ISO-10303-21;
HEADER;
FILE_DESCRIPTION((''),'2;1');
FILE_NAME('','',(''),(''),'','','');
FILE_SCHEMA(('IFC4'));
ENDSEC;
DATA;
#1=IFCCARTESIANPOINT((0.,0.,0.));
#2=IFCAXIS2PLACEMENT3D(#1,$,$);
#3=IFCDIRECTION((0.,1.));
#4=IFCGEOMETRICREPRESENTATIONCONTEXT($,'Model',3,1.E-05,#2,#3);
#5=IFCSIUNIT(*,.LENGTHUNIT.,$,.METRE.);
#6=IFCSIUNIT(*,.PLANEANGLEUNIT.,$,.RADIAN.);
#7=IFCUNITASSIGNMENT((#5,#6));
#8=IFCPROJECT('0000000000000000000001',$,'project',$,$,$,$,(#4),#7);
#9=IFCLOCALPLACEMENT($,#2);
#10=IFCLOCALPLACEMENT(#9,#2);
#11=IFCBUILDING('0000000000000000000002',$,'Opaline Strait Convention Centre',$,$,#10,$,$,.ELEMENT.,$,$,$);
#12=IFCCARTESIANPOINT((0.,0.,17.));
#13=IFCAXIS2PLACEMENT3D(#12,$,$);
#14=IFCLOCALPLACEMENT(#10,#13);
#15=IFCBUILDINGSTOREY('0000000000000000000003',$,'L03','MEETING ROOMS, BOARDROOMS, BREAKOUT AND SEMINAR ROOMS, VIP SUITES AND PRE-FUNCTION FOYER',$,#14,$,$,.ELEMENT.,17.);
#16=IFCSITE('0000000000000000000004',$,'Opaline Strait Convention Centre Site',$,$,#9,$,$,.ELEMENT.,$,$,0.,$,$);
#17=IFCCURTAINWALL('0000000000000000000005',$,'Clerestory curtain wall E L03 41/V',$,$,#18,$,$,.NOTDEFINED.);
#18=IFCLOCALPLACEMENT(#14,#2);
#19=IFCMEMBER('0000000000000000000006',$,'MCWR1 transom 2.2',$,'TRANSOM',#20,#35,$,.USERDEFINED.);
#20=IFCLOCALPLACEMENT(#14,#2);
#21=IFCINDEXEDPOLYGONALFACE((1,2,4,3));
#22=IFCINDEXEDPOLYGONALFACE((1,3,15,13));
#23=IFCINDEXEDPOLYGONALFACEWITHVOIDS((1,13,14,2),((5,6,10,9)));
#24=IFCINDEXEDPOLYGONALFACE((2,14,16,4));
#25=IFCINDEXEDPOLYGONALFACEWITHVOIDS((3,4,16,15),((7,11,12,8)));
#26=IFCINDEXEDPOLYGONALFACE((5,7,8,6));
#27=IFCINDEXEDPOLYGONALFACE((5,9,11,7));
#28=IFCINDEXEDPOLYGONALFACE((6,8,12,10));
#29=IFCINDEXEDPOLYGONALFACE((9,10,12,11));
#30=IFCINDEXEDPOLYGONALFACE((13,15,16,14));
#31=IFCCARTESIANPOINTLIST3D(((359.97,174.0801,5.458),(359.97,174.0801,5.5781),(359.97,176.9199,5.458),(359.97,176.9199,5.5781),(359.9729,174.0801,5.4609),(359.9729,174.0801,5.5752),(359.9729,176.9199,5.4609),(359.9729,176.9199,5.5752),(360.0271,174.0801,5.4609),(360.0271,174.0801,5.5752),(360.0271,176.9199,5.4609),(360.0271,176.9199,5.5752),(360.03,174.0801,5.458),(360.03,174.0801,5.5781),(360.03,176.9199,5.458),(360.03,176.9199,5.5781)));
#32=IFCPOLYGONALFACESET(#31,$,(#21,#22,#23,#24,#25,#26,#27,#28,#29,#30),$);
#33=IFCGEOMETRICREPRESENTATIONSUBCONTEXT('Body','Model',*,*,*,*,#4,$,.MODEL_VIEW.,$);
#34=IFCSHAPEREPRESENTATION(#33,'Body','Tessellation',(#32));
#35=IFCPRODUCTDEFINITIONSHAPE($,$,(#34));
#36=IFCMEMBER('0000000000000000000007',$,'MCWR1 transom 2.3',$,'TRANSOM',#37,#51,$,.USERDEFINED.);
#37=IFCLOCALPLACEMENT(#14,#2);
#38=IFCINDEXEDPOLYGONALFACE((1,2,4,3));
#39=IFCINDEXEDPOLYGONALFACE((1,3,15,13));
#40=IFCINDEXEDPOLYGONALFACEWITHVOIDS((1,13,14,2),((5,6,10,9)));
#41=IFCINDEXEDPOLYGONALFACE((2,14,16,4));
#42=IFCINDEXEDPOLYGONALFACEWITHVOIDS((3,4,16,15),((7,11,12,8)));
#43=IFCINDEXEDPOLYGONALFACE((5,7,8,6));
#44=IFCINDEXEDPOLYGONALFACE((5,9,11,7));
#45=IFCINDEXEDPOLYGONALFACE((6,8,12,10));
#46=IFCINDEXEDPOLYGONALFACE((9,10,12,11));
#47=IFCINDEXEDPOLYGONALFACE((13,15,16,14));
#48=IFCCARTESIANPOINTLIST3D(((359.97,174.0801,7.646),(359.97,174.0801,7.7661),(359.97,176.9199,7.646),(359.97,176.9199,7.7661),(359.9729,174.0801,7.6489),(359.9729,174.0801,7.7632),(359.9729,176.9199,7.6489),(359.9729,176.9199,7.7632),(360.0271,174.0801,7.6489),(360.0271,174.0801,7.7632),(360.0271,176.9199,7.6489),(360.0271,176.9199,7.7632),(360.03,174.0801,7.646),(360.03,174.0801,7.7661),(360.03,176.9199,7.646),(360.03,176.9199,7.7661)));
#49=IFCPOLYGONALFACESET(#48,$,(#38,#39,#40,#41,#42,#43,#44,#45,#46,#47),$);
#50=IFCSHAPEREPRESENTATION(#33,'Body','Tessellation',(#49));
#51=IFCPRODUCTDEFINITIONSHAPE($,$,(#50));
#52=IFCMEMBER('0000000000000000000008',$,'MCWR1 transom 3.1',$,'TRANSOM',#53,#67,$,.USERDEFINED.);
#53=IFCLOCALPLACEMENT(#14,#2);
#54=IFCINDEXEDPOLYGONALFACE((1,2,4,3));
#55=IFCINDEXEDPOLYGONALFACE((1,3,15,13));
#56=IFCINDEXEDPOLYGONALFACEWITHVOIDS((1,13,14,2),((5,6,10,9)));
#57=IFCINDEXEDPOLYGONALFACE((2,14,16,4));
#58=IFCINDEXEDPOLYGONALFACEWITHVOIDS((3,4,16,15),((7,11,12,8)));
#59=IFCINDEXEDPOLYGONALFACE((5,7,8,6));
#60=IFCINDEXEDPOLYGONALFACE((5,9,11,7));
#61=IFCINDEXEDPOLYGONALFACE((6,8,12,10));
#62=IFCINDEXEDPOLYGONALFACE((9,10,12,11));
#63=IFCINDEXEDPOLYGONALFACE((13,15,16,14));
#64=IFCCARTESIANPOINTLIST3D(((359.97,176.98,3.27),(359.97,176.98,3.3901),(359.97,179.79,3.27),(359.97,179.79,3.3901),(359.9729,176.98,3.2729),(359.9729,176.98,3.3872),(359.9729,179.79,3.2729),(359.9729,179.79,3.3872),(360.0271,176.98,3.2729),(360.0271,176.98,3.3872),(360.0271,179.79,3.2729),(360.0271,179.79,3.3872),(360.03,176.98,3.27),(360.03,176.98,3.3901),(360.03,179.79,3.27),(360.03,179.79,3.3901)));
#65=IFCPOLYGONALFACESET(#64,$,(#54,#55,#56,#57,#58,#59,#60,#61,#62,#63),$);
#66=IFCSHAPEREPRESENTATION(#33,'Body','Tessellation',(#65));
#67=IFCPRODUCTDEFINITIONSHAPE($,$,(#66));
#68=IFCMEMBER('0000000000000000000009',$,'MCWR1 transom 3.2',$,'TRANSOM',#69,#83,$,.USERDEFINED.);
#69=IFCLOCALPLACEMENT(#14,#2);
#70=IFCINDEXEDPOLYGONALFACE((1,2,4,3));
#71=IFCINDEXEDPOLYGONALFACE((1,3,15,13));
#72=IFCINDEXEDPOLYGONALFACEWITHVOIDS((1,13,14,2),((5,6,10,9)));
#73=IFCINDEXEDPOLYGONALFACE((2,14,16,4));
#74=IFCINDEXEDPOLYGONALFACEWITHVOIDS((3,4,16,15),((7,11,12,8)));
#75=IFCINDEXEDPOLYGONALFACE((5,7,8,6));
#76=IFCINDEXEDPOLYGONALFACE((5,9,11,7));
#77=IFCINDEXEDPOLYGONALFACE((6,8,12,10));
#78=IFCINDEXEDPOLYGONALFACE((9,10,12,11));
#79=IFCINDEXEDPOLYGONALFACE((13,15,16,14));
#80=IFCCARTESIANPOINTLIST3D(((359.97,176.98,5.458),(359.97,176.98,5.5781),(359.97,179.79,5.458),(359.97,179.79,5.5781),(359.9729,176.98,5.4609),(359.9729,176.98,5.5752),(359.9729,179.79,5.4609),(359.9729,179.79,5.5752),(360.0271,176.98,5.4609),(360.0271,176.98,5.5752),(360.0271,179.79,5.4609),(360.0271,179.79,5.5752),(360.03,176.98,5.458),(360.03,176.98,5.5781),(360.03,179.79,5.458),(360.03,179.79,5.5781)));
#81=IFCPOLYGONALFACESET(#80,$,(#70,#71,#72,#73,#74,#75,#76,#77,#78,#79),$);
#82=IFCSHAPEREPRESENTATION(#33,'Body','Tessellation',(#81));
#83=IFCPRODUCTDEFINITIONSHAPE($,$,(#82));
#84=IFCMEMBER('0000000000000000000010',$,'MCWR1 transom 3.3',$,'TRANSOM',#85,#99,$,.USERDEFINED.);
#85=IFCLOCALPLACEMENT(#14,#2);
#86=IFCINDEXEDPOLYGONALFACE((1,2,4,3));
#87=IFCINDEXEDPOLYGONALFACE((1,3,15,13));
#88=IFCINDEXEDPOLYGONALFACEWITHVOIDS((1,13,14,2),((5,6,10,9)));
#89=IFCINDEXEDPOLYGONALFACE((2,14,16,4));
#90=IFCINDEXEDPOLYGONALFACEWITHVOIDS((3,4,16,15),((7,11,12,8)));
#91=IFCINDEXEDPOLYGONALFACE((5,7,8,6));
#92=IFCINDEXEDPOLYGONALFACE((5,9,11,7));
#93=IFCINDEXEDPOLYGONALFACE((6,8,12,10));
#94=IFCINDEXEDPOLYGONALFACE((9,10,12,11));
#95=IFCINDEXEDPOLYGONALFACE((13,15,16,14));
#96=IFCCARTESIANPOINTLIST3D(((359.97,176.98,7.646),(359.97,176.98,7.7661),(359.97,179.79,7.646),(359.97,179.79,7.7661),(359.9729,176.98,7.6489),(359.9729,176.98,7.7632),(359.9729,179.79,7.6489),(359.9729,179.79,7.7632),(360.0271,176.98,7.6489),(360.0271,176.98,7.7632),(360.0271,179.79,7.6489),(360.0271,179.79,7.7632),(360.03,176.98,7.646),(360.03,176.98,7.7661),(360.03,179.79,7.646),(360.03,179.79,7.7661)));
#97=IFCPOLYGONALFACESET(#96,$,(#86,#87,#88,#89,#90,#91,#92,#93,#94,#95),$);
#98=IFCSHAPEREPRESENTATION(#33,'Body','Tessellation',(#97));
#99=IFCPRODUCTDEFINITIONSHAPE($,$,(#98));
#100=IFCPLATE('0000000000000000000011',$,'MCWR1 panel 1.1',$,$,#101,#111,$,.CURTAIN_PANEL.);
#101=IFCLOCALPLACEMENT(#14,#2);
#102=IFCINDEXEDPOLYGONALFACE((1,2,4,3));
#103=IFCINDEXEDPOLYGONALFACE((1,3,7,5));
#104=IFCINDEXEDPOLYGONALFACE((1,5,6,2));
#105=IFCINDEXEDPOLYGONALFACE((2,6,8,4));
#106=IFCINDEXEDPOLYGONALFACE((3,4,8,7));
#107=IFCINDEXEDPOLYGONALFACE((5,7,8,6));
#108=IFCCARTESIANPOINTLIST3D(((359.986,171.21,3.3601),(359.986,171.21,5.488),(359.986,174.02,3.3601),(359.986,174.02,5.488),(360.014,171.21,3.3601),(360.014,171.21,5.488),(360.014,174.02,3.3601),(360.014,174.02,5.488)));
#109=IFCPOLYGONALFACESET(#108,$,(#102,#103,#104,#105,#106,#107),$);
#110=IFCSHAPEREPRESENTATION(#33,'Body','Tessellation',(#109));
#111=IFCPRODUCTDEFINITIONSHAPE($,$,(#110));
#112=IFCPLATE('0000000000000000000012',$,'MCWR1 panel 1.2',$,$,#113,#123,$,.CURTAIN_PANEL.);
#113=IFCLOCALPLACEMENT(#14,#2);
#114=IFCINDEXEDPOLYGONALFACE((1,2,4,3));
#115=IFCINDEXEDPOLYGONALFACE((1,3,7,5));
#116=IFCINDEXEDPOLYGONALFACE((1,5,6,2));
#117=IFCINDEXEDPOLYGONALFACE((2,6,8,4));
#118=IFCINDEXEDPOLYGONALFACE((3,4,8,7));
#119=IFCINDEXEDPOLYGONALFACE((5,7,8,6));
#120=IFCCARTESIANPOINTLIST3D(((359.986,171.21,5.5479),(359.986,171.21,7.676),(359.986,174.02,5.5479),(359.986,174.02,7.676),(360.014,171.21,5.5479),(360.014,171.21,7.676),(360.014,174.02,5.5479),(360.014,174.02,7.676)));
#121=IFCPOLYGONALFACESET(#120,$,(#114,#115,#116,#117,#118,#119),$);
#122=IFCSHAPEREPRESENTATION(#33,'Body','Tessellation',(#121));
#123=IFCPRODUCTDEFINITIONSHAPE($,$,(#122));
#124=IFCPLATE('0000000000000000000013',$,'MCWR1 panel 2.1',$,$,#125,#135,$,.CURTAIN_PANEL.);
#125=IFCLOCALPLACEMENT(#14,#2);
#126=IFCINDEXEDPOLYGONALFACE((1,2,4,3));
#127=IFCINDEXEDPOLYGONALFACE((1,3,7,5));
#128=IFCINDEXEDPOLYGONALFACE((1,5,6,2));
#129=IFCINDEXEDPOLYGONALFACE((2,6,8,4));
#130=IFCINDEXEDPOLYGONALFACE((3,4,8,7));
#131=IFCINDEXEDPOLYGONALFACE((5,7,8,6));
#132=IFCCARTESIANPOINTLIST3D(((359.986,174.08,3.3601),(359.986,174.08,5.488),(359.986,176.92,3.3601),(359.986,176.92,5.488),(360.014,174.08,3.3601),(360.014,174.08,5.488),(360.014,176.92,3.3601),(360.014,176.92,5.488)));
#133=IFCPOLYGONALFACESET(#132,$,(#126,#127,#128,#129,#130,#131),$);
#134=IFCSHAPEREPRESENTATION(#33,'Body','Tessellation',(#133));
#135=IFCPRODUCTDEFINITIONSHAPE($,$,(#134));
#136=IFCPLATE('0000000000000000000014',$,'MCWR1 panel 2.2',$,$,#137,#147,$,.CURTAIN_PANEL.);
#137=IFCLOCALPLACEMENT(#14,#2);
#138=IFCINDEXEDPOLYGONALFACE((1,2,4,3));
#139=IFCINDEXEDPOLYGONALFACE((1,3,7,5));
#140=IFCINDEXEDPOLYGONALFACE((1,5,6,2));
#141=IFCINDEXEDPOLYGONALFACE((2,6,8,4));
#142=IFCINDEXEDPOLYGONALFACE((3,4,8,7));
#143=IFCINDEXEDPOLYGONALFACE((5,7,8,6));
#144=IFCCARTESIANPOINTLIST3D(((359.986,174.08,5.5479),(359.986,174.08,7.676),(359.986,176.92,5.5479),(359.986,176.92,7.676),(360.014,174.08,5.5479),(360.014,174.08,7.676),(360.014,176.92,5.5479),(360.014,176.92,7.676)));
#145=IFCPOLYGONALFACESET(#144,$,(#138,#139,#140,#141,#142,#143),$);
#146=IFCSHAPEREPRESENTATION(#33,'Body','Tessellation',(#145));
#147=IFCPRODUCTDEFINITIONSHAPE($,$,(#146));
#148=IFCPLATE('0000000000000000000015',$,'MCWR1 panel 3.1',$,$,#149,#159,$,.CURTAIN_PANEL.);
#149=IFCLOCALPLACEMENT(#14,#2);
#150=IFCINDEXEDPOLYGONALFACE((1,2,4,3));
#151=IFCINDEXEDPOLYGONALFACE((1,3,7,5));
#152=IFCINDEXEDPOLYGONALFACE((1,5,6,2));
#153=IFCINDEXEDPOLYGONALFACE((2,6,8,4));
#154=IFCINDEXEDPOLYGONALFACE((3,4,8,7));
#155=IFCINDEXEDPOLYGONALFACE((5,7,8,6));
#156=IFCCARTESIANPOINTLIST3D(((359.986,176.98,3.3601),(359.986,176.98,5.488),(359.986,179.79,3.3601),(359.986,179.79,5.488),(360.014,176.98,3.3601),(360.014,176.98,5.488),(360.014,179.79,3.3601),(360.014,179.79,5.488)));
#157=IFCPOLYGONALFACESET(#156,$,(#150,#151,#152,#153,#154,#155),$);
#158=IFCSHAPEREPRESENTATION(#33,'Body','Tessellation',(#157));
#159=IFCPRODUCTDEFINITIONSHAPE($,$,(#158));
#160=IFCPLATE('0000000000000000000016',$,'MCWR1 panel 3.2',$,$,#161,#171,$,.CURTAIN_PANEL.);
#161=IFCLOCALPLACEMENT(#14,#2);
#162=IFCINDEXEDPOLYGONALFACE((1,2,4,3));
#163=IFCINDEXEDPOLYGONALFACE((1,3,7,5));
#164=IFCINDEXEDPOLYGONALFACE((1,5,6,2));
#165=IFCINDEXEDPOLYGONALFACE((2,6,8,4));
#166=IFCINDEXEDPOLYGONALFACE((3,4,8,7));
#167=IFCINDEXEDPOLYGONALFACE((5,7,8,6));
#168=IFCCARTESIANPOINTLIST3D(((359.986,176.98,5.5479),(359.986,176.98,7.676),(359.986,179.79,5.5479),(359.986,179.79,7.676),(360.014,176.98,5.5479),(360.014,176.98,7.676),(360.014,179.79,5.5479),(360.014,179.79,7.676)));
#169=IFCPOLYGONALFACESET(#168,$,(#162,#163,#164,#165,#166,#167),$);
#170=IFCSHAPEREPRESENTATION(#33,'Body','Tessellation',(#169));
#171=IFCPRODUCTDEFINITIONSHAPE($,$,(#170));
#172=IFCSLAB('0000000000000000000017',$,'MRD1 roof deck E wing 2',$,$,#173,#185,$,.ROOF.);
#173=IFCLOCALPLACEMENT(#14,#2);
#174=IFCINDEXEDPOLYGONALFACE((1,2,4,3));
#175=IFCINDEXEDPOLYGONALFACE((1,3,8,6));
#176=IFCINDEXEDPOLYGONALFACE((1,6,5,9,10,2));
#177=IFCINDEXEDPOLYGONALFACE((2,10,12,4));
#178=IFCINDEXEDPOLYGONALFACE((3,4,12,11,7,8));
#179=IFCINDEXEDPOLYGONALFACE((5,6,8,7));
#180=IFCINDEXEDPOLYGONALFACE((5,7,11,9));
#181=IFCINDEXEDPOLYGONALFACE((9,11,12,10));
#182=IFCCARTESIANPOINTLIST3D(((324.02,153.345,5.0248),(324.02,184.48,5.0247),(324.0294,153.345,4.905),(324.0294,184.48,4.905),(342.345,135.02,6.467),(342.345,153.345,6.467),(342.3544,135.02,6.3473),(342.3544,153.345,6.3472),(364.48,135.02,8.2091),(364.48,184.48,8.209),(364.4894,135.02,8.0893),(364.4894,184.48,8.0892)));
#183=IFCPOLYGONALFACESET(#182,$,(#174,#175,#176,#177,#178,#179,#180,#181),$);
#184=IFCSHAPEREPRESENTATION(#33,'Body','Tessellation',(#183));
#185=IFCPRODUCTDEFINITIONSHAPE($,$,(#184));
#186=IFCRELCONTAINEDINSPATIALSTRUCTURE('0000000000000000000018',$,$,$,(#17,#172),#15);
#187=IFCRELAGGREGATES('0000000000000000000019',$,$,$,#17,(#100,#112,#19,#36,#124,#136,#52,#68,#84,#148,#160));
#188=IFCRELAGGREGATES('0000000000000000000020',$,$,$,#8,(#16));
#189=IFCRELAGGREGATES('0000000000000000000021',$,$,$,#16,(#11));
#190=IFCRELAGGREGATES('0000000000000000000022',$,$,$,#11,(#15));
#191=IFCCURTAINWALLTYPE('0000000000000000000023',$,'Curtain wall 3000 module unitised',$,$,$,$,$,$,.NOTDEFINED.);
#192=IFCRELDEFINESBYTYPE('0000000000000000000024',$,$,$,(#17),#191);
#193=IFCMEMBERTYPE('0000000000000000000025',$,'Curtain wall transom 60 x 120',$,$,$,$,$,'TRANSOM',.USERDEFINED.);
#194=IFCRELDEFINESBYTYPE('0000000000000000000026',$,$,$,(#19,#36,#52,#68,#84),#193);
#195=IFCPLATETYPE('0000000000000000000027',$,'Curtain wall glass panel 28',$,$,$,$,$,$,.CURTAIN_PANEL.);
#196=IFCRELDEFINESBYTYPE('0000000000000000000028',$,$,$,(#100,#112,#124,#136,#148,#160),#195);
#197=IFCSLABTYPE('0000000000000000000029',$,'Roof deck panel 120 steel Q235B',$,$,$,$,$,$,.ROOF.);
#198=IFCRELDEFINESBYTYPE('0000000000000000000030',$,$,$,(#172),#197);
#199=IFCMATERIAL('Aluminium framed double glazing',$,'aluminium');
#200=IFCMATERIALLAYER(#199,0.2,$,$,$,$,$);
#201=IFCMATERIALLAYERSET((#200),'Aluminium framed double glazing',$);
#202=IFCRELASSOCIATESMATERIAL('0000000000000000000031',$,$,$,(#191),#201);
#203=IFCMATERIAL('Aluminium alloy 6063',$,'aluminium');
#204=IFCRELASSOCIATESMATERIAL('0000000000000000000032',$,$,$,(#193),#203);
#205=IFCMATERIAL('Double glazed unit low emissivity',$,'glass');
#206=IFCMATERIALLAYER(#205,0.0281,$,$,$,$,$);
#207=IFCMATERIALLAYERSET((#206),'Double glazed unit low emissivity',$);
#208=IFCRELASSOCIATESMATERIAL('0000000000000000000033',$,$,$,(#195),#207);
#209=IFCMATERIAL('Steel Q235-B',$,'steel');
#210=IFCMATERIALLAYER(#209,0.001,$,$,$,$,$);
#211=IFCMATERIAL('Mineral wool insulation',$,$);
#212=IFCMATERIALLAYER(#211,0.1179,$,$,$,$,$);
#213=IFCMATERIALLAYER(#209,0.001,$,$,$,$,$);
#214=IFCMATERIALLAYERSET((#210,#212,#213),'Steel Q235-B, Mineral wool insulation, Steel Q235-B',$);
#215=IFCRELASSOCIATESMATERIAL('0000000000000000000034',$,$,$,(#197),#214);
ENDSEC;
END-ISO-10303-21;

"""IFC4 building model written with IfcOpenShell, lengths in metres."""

from ifc_helpers import new_model, si_unit, direction, frame, origin, origin_2d, place, context, subcontext, project, spatial, polyline, rectangle, hollow_rectangle, outline, extrude, material, layer, layer_set, material_profile, profile_set, type_object, element, aggregate, save


model = new_model("IFC4")

# Units and contexts
model_context = context("Model", 3, precision=1e-05, world=origin(), true_north=direction((0.0, 1.0)))
body_context = subcontext(model_context, "Body", "Model", "MODEL_VIEW")
ifc_project = project(units=[si_unit("LENGTHUNIT", "METRE"), si_unit("PLANEANGLEUNIT", "RADIAN")], contexts=[model_context])

# Site, building, storey
site_placement = place(None, origin())
site = spatial("IfcSite", under=ifc_project, at=site_placement, Name="Opaline Strait Convention Centre Site", CompositionType="ELEMENT", RefElevation=0.0)
building_placement = place(site_placement, origin())
building = spatial("IfcBuilding", under=site, at=building_placement, Name="Opaline Strait Convention Centre", CompositionType="ELEMENT")
storey_placement = place(building_placement, frame((0.0, 0.0, 17.0)))
storey = spatial("IfcBuildingStorey", under=building, at=storey_placement, Name="L03", Description="MEETING ROOMS, BOARDROOMS, BREAKOUT AND SEMINAR ROOMS, VIP SUITES AND PRE-FUNCTION FOYER", CompositionType="ELEMENT", Elevation=17.0)

# Curtain wall, members, plates
ifc_material_1 = material(Name="Aluminium framed double glazing", Category="aluminium")
ifc_layer_1 = layer(ifc_material_1, 0.2)
ifc_layer_set_1 = layer_set([ifc_layer_1], Name="Aluminium framed double glazing")
curtain_wall_type = type_object("IfcCurtainWallType", Name="Curtain wall 3000 module unitised", PredefinedType="NOTDEFINED", material=ifc_layer_set_1)
curtain_wall_placement = place(storey_placement, origin())
curtain_wall = element("IfcCurtainWall", 1, at=curtain_wall_placement, inside=storey, type_object=curtain_wall_type, Name="Clerestory curtain wall E L03 41/V", PredefinedType="NOTDEFINED")
ifc_material_2 = material(Name="Aluminium alloy 6063", Category="aluminium")
ifc_material_profile_1 = material_profile(ifc_material_2, hollow_rectangle(XDim=0.0601, YDim=0.1201, WallThickness=0.0029, at=origin_2d()), Name="TRANSOM 60x120x3")
ifc_profile_set_1 = profile_set([ifc_material_profile_1], Name="Aluminium alloy 6063")
member_type_1 = type_object("IfcMemberType", Name="Curtain wall transom 60 x 120", ElementType="TRANSOM", PredefinedType="USERDEFINED", material=ifc_profile_set_1)
member_1_placement = place(storey_placement, frame((360.0, 174.0801, 5.5181), z_axis=(0.0, 1.0, 0.0), x_axis=(-1.0, 0.0, 0.0)))
member_1 = element("IfcMember", 2, at=member_1_placement, type_object=member_type_1, Name="MCWR1 transom 2.2", ObjectType="TRANSOM", PredefinedType="USERDEFINED", context=body_context, shape_type="SweptSolid", body=[
    extrude(hollow_rectangle(XDim=0.0601, YDim=0.1201, WallThickness=0.0029, at=origin_2d()), origin(), (0.0, 0.0, 1.0), 2.8398),
])
member_2_placement = place(storey_placement, frame((360.0, 174.0801, 7.7061), z_axis=(0.0, 1.0, 0.0), x_axis=(-1.0, 0.0, 0.0)))
member_2 = element("IfcMember", 3, at=member_2_placement, type_object=member_type_1, Name="MCWR1 transom 2.3", ObjectType="TRANSOM", PredefinedType="USERDEFINED", context=body_context, shape_type="SweptSolid", body=[
    extrude(hollow_rectangle(XDim=0.0601, YDim=0.1201, WallThickness=0.0029, at=origin_2d()), origin(), (0.0, 0.0, 1.0), 2.8398),
])
member_3_placement = place(storey_placement, frame((360.0, 176.98, 3.3301), z_axis=(0.0, 1.0, 0.0), x_axis=(-1.0, 0.0, 0.0)))
member_3 = element("IfcMember", 4, at=member_3_placement, type_object=member_type_1, Name="MCWR1 transom 3.1", ObjectType="TRANSOM", PredefinedType="USERDEFINED", context=body_context, shape_type="SweptSolid", body=[
    extrude(hollow_rectangle(XDim=0.0601, YDim=0.1201, WallThickness=0.0029, at=origin_2d()), origin(), (0.0, 0.0, 1.0), 2.8101),
])
member_4_placement = place(storey_placement, frame((360.0, 176.98, 5.5181), z_axis=(0.0, 1.0, 0.0), x_axis=(-1.0, 0.0, 0.0)))
member_4 = element("IfcMember", 5, at=member_4_placement, type_object=member_type_1, Name="MCWR1 transom 3.2", ObjectType="TRANSOM", PredefinedType="USERDEFINED", context=body_context, shape_type="SweptSolid", body=[
    extrude(hollow_rectangle(XDim=0.0601, YDim=0.1201, WallThickness=0.0029, at=origin_2d()), origin(), (0.0, 0.0, 1.0), 2.8101),
])
member_5_placement = place(storey_placement, frame((360.0, 176.98, 7.7061), z_axis=(0.0, 1.0, 0.0), x_axis=(-1.0, 0.0, 0.0)))
member_5 = element("IfcMember", 6, at=member_5_placement, type_object=member_type_1, Name="MCWR1 transom 3.3", ObjectType="TRANSOM", PredefinedType="USERDEFINED", context=body_context, shape_type="SweptSolid", body=[
    extrude(hollow_rectangle(XDim=0.0601, YDim=0.1201, WallThickness=0.0029, at=origin_2d()), origin(), (0.0, 0.0, 1.0), 2.8101),
])
ifc_material_3 = material(Name="Double glazed unit low emissivity", Category="glass")
ifc_layer_2 = layer(ifc_material_3, 0.0281)
ifc_layer_set_2 = layer_set([ifc_layer_2], Name="Double glazed unit low emissivity")
plate_type = type_object("IfcPlateType", Name="Curtain wall glass panel 28", PredefinedType="CURTAIN_PANEL", material=ifc_layer_set_2)
plate_1_placement = place(storey_placement, frame((360.0, 172.615, 3.3601), z_axis=(0.0, 0.0, 1.0), x_axis=(0.0, 1.0, 0.0)))
plate_1 = element("IfcPlate", 7, at=plate_1_placement, type_object=plate_type, Name="MCWR1 panel 1.1", PredefinedType="CURTAIN_PANEL", context=body_context, shape_type="SweptSolid", body=[
    extrude(rectangle(XDim=2.8101, YDim=0.0281, at=origin_2d()), origin(), (0.0, 0.0, 1.0), 2.1279),
])
plate_2_placement = place(storey_placement, frame((360.0, 172.615, 5.5479), z_axis=(0.0, 0.0, 1.0), x_axis=(0.0, 1.0, 0.0)))
plate_2 = element("IfcPlate", 8, at=plate_2_placement, type_object=plate_type, Name="MCWR1 panel 1.2", PredefinedType="CURTAIN_PANEL", context=body_context, shape_type="SweptSolid", body=[
    extrude(rectangle(XDim=2.8101, YDim=0.0281, at=origin_2d()), origin(), (0.0, 0.0, 1.0), 2.1282),
])
plate_3_placement = place(storey_placement, frame((360.0, 175.5, 3.3601), z_axis=(0.0, 0.0, 1.0), x_axis=(0.0, 1.0, 0.0)))
plate_3 = element("IfcPlate", 9, at=plate_3_placement, type_object=plate_type, Name="MCWR1 panel 2.1", PredefinedType="CURTAIN_PANEL", context=body_context, shape_type="SweptSolid", body=[
    extrude(rectangle(XDim=2.8401, YDim=0.0281, at=origin_2d()), origin(), (0.0, 0.0, 1.0), 2.1279),
])
plate_4_placement = place(storey_placement, frame((360.0, 175.5, 5.5479), z_axis=(0.0, 0.0, 1.0), x_axis=(0.0, 1.0, 0.0)))
plate_4 = element("IfcPlate", 10, at=plate_4_placement, type_object=plate_type, Name="MCWR1 panel 2.2", PredefinedType="CURTAIN_PANEL", context=body_context, shape_type="SweptSolid", body=[
    extrude(rectangle(XDim=2.8401, YDim=0.0281, at=origin_2d()), origin(), (0.0, 0.0, 1.0), 2.1282),
])
plate_5_placement = place(storey_placement, frame((360.0, 178.385, 3.3601), z_axis=(0.0, 0.0, 1.0), x_axis=(0.0, 1.0, 0.0)))
plate_5 = element("IfcPlate", 11, at=plate_5_placement, type_object=plate_type, Name="MCWR1 panel 3.1", PredefinedType="CURTAIN_PANEL", context=body_context, shape_type="SweptSolid", body=[
    extrude(rectangle(XDim=2.8101, YDim=0.0281, at=origin_2d()), origin(), (0.0, 0.0, 1.0), 2.1279),
])
plate_6_placement = place(storey_placement, frame((360.0, 178.385, 5.5479), z_axis=(0.0, 0.0, 1.0), x_axis=(0.0, 1.0, 0.0)))
plate_6 = element("IfcPlate", 12, at=plate_6_placement, type_object=plate_type, Name="MCWR1 panel 3.2", PredefinedType="CURTAIN_PANEL", context=body_context, shape_type="SweptSolid", body=[
    extrude(rectangle(XDim=2.8101, YDim=0.0281, at=origin_2d()), origin(), (0.0, 0.0, 1.0), 2.1282),
])
aggregate(curtain_wall, [plate_1, plate_2, member_1, member_2, plate_3, plate_4, member_3, member_4, member_5, plate_5, plate_6])

# Slab
ifc_material_4 = material(Name="Steel Q235-B", Category="steel")
ifc_layer_3 = layer(ifc_material_4, 0.001)
ifc_material_5 = material(Name="Mineral wool insulation")
ifc_layer_4 = layer(ifc_material_5, 0.1179)
ifc_layer_5 = layer(ifc_material_4, 0.001)
ifc_layer_set_3 = layer_set([ifc_layer_3, ifc_layer_4, ifc_layer_5], Name="Steel Q235-B, Mineral wool insulation, Steel Q235-B")
slab_type = type_object("IfcSlabType", Name="Roof deck panel 120 steel Q235B", PredefinedType="ROOF", material=ifc_layer_set_3)
slab_placement = place(storey_placement, frame((364.48, 184.48, 8.209), z_axis=(-0.078459, 0.000002, 0.996917), x_axis=(0.0, -1.0, 0.000002)))
element("IfcSlab", 13, at=slab_placement, inside=storey, type_object=slab_type, Name="MRD1 roof deck E wing 2", PredefinedType="ROOF", context=body_context, shape_type="SweptSolid", body=[
    extrude(outline(polyline([(0.0, 0.0), (49.46, 0.0), (49.46, -22.2034), (31.135, -22.2034), (31.135, -40.5851), (0.0, -40.5851), (0.0, 0.0)])), origin(), (0.0, 0.0, -1.0), 0.1201),
])

save(model, "model.ifc")
